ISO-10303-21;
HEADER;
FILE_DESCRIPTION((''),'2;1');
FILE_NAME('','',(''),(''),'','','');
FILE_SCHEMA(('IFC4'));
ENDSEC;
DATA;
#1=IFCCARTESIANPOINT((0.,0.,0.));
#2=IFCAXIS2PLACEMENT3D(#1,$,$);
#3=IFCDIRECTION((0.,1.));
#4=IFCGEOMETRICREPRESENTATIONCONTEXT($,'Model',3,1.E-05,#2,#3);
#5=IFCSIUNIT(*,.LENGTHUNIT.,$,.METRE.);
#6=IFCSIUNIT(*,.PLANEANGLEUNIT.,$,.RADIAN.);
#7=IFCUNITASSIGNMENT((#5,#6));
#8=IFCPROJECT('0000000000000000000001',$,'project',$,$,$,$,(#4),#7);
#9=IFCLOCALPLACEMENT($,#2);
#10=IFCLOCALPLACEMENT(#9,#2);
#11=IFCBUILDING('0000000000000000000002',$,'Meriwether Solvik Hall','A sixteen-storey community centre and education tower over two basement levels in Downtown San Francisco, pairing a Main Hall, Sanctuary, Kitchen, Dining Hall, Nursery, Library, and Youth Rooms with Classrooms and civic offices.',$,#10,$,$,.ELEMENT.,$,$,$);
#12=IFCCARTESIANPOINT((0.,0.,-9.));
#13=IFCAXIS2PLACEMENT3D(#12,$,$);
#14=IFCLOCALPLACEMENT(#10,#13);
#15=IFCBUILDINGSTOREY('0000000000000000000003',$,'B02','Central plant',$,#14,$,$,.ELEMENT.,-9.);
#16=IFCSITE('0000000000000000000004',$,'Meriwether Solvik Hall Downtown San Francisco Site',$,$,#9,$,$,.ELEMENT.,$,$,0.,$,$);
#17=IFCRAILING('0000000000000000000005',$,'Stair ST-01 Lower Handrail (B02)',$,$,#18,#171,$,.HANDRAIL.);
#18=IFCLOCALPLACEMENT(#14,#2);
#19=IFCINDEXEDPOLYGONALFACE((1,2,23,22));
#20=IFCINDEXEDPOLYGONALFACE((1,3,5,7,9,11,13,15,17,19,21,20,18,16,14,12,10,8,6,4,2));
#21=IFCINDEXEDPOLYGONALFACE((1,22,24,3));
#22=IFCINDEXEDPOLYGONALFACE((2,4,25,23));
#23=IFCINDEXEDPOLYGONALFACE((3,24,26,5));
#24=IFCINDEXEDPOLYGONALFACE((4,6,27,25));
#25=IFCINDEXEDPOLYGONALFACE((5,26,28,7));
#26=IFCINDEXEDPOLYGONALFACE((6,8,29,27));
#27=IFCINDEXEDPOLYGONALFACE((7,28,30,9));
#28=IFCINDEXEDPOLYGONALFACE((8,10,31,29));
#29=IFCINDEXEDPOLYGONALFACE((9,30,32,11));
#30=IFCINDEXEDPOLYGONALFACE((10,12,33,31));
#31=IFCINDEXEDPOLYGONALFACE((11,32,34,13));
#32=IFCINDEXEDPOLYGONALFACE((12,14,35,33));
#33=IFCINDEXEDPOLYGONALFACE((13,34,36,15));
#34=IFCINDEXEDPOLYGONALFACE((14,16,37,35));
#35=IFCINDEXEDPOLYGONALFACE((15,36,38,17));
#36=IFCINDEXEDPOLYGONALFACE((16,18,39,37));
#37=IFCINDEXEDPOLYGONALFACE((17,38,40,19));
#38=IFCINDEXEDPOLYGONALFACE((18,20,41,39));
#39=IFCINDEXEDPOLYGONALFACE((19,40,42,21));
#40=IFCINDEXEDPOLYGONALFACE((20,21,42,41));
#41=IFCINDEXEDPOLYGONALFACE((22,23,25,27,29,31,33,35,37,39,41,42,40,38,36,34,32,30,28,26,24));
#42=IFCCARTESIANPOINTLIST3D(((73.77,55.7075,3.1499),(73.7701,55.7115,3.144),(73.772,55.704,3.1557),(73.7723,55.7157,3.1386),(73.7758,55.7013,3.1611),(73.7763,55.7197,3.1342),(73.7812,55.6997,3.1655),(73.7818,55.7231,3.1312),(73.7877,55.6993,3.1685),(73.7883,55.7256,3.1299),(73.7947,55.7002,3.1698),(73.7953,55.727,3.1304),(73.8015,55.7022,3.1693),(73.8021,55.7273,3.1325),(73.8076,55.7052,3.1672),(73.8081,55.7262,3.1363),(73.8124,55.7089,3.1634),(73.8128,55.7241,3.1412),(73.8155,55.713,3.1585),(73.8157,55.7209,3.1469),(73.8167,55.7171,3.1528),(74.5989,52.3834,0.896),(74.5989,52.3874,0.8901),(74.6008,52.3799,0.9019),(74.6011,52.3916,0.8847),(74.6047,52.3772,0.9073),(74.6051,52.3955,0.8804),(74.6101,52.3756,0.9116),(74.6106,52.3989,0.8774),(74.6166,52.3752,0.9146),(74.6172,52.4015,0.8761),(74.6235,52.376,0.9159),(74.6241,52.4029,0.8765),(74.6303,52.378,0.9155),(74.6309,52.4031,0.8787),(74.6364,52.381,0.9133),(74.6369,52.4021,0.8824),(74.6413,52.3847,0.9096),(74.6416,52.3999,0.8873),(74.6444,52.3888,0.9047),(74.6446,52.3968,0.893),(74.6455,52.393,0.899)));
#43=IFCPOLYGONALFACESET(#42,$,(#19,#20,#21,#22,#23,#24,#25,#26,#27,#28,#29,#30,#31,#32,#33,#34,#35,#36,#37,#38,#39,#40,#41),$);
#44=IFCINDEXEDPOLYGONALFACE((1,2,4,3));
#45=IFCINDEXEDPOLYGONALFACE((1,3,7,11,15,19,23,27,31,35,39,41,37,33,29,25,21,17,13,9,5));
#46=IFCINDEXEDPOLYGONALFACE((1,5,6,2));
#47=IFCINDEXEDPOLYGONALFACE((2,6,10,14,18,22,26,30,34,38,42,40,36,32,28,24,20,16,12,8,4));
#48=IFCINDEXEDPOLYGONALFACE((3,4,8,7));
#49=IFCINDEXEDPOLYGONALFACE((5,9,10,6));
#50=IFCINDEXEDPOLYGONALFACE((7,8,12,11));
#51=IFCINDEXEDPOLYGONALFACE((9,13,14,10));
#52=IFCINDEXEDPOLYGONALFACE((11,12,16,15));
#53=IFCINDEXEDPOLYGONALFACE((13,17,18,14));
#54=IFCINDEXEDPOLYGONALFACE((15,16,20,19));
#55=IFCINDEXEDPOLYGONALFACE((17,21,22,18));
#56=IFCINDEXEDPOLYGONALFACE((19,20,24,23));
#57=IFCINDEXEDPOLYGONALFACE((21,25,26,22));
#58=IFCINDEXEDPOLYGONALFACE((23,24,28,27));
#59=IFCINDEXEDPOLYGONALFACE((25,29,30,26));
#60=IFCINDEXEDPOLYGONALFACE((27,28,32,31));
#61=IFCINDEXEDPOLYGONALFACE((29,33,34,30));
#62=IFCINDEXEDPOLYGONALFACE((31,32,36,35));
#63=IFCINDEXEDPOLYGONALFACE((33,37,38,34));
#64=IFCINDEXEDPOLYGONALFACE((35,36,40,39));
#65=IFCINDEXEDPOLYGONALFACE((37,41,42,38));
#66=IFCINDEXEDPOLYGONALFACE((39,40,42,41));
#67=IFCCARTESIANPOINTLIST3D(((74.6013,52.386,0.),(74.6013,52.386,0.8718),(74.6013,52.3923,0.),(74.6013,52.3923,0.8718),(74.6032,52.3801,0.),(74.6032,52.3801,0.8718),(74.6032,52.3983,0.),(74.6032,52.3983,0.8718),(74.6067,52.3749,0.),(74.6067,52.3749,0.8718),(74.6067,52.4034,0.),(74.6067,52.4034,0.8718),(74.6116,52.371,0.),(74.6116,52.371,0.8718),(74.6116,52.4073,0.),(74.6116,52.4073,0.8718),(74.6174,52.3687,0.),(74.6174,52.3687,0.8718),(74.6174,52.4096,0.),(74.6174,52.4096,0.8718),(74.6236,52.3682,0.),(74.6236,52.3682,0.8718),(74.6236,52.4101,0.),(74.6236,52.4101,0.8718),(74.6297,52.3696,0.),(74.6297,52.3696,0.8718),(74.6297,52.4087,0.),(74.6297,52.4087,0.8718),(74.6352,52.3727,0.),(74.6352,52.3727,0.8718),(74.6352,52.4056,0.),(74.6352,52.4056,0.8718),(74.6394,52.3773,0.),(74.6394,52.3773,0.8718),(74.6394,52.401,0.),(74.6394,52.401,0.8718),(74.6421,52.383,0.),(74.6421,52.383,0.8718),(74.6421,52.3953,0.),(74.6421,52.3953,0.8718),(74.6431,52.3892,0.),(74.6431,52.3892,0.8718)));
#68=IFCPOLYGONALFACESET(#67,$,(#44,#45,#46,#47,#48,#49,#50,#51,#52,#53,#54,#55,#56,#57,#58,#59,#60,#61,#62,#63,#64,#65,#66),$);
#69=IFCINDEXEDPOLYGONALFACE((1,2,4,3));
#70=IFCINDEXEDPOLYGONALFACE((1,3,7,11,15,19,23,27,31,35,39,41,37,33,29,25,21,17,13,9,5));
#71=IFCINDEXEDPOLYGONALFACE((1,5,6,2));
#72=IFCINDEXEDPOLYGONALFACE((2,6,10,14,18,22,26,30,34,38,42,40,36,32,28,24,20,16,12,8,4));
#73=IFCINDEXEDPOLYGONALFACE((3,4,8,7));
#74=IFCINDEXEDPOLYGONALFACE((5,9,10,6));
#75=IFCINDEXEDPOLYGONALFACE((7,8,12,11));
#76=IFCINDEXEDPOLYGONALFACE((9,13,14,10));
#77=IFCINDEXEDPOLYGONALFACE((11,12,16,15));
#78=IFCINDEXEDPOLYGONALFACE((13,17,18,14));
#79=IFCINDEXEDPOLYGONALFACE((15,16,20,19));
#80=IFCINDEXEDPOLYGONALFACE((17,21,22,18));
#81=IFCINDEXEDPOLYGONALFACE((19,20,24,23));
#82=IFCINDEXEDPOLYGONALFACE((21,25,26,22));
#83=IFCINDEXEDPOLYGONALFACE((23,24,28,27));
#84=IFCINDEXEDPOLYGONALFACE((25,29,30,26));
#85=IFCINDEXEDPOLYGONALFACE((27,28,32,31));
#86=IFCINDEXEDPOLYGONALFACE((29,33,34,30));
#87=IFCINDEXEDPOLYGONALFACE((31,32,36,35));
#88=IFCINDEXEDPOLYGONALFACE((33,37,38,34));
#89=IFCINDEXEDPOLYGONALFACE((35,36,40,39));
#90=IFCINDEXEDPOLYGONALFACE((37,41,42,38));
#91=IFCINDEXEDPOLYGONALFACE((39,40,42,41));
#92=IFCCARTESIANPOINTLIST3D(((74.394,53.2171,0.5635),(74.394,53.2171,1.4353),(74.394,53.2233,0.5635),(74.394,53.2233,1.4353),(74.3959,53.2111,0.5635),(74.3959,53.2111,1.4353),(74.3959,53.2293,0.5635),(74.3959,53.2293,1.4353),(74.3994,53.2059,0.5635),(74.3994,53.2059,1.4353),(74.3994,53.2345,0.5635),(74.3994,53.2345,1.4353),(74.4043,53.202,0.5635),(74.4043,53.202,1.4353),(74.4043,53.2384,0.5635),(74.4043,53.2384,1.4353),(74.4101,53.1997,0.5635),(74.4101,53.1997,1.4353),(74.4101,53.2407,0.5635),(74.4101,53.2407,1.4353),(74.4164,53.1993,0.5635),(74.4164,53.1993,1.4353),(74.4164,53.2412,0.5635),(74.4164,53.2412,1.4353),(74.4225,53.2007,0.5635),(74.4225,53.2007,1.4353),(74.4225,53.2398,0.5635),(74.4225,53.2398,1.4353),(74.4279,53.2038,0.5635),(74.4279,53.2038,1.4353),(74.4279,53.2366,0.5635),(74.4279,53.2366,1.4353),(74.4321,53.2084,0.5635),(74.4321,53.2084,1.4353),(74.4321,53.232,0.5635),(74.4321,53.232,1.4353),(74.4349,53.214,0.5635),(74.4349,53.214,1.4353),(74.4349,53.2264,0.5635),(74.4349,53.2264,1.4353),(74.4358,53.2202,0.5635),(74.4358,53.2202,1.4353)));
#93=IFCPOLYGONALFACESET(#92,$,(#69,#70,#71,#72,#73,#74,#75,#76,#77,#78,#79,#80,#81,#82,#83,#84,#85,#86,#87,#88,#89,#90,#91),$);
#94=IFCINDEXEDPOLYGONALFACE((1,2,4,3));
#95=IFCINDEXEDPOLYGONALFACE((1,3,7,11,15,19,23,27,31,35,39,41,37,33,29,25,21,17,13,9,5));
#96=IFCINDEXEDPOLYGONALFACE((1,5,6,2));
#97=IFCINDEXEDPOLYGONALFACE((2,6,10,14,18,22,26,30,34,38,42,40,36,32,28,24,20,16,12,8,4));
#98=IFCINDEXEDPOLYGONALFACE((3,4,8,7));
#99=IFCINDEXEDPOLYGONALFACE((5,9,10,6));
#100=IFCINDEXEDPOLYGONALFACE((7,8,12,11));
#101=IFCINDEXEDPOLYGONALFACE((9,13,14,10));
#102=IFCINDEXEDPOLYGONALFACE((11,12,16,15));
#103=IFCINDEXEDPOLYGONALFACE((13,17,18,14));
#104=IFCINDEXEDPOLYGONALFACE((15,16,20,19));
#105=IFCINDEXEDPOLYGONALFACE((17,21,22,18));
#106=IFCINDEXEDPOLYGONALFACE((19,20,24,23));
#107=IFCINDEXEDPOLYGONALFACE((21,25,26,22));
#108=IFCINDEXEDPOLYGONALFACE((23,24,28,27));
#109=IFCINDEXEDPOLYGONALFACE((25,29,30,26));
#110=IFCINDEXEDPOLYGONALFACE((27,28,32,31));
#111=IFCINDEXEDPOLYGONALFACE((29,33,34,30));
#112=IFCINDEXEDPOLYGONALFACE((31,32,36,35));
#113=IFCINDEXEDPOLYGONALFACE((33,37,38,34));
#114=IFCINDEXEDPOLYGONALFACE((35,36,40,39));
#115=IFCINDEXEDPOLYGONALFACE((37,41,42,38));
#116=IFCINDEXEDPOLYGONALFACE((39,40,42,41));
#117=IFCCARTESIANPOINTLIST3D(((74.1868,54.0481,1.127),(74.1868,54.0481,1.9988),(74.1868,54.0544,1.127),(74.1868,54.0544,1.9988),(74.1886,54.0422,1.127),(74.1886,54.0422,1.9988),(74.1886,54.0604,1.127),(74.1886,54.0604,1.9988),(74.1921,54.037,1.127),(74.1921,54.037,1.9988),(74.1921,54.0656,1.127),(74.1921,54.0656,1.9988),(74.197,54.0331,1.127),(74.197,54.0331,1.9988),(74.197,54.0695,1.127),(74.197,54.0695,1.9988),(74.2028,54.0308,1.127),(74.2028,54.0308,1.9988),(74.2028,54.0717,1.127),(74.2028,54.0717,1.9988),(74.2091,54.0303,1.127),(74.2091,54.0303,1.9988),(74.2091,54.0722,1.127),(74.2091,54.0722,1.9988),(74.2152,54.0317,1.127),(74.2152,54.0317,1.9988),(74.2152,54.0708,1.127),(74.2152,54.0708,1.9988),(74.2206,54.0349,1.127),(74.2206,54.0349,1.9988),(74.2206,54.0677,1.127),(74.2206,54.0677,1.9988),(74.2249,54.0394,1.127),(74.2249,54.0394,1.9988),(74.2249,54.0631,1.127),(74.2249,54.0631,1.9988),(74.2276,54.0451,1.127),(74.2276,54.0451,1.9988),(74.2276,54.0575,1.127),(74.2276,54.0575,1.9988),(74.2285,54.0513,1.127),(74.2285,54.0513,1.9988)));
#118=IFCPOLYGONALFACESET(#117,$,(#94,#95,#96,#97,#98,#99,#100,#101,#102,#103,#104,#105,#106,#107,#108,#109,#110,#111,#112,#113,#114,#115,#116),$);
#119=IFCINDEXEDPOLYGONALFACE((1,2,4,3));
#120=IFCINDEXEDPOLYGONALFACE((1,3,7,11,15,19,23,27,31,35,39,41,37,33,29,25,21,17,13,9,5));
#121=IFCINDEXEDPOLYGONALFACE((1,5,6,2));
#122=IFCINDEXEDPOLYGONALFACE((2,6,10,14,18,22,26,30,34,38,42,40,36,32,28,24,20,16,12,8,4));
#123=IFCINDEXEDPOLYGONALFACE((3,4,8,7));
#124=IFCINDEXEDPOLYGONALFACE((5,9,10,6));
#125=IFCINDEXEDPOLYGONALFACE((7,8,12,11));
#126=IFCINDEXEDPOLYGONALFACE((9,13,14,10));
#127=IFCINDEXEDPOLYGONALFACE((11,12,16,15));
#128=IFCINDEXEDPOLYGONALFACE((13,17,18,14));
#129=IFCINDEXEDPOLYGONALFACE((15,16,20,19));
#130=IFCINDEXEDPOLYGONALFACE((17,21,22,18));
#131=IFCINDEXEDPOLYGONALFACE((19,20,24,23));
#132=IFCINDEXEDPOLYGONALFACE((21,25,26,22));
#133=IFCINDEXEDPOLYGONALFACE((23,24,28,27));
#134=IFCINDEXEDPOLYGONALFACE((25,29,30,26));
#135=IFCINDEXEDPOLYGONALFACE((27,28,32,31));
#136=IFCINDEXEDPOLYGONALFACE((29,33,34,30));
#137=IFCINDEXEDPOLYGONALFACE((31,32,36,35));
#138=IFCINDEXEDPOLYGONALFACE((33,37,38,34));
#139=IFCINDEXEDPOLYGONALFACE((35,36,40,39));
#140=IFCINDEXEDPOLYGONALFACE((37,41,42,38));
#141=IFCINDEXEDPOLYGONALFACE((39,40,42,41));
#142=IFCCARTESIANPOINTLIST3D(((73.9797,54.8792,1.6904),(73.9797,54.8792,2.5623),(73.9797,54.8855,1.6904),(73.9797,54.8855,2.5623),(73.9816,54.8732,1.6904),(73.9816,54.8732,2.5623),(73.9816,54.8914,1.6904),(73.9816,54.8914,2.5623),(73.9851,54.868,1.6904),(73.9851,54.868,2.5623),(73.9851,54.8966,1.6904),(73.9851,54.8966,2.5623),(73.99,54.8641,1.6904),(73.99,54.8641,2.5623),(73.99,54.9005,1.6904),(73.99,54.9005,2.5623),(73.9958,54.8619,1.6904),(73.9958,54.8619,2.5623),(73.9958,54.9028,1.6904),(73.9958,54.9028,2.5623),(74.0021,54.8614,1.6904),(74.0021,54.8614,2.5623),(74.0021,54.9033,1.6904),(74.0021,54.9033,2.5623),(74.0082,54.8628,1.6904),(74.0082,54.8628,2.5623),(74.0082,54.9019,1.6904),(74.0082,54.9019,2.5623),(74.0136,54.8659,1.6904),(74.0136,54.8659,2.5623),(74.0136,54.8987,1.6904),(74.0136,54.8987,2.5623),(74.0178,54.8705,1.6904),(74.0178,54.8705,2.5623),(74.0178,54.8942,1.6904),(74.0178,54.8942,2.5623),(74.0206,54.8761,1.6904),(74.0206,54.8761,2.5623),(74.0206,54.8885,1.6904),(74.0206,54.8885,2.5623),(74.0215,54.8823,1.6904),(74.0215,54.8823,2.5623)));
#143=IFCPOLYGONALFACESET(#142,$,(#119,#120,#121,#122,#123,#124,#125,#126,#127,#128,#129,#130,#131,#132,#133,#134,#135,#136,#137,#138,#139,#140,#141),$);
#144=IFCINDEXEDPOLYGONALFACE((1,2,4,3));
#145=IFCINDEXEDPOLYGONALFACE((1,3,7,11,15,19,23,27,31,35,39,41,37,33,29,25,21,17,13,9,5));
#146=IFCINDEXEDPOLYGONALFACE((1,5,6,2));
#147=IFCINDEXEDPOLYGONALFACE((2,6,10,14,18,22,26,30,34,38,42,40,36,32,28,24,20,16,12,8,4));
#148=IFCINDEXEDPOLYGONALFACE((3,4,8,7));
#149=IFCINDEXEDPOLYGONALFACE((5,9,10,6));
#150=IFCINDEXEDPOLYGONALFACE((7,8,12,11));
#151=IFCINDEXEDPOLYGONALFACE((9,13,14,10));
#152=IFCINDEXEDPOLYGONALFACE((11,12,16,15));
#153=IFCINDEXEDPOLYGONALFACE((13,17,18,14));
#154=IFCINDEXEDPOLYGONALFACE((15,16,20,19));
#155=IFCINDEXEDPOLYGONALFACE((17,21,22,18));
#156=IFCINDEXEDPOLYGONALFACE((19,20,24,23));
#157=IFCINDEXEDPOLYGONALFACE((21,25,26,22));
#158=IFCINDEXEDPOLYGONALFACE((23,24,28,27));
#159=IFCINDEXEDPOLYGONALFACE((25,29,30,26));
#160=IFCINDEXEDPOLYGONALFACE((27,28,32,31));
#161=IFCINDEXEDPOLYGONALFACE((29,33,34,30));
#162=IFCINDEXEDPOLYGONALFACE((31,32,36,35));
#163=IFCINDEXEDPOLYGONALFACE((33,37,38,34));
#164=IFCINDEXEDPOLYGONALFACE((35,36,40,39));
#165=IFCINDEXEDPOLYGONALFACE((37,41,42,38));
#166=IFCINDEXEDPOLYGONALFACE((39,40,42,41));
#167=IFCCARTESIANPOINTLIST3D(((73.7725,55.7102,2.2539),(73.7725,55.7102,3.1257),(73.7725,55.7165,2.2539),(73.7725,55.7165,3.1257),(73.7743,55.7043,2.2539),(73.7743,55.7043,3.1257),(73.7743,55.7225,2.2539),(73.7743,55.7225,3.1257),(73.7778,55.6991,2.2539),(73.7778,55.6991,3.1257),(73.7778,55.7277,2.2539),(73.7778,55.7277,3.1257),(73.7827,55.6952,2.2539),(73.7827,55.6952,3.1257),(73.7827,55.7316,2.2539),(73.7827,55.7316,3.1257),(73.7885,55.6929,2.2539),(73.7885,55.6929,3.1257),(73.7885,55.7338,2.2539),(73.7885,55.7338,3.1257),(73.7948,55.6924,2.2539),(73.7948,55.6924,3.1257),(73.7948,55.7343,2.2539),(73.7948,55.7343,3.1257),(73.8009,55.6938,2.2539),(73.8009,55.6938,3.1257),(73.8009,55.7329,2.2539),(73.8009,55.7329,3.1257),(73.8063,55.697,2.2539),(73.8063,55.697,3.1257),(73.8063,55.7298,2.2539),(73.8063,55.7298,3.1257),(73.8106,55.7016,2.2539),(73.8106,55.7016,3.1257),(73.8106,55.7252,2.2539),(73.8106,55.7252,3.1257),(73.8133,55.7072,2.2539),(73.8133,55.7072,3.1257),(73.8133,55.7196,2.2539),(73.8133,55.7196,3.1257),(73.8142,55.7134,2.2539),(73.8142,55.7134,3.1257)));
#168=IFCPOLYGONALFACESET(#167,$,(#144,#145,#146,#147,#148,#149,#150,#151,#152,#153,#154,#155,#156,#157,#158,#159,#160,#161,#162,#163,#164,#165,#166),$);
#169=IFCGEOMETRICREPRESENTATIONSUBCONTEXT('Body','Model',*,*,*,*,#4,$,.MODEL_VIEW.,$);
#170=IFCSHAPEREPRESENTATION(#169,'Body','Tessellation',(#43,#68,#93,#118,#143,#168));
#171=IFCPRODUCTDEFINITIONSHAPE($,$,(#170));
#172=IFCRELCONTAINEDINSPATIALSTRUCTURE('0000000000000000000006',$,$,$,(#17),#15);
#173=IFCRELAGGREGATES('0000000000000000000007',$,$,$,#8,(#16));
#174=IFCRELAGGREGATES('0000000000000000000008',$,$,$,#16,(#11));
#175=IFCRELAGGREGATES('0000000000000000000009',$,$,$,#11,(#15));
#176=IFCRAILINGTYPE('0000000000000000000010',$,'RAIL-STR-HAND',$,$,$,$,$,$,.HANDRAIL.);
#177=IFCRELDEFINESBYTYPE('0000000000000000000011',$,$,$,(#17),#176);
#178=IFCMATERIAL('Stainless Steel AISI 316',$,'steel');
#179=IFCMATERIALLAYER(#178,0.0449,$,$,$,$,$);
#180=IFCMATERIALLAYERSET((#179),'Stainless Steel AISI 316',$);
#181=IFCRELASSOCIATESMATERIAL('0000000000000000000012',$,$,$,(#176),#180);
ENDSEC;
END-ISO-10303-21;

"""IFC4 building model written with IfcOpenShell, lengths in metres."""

from ifc_helpers import new_model, si_unit, direction, frame, origin, origin_2d, place, context, subcontext, project, spatial, circle, extrude, material, layer, layer_set, type_object, element, save


model = new_model("IFC4")

# Units and contexts
model_context = context("Model", 3, precision=1e-05, world=origin(), true_north=direction((0.0, 1.0)))
body_context = subcontext(model_context, "Body", "Model", "MODEL_VIEW")
ifc_project = project(units=[si_unit("LENGTHUNIT", "METRE"), si_unit("PLANEANGLEUNIT", "RADIAN")], contexts=[model_context])

# Site, building, storey
site_placement = place(None, origin())
site = spatial("IfcSite", under=ifc_project, at=site_placement, Name="Meriwether Solvik Hall Downtown San Francisco Site", CompositionType="ELEMENT", RefElevation=0.0)
building_placement = place(site_placement, origin())
building = spatial("IfcBuilding", under=site, at=building_placement, Name="Meriwether Solvik Hall", Description="A sixteen-storey community centre and education tower over two basement levels in Downtown San Francisco, pairing a Main Hall, Sanctuary, Kitchen, Dining Hall, Nursery, Library, and Youth Rooms with Classrooms and civic offices.", CompositionType="ELEMENT")
storey_placement = place(building_placement, frame((0.0, 0.0, -9.0)))
storey = spatial("IfcBuildingStorey", under=building, at=storey_placement, Name="B02", Description="Central plant", CompositionType="ELEMENT", Elevation=-9.0)

# Railing
ifc_material_1 = material(Name="Stainless Steel AISI 316", Category="steel")
ifc_layer_1 = layer(ifc_material_1, 0.0449)
ifc_layer_set_1 = layer_set([ifc_layer_1], Name="Stainless Steel AISI 316")
railing_type_1 = type_object("IfcRailingType", Name="RAIL-STR-HAND", PredefinedType="HANDRAIL", material=ifc_layer_set_1)
railing_1_placement = place(storey_placement, frame((74.6221, 52.3892, 0.0)))
element("IfcRailing", 1, at=railing_1_placement, inside=storey, type_object=railing_type_1, Name="Stair ST-01 Lower Handrail (B02)", PredefinedType="HANDRAIL", context=body_context, shape_type="SweptSolid", body=[
    extrude(circle(Radius=0.0239, at=origin_2d()), frame((0.0, 0.0, 0.896), z_axis=(-0.202115, 0.810604, 0.54961), x_axis=(-0.970293, -0.241932, 0.0)), (0.0, 0.0, 1.0), 4.1008),
    extrude(circle(Radius=0.021, at=origin_2d()), origin(), (0.0, 0.0, 1.0), 0.8718),
    extrude(circle(Radius=0.021, at=origin_2d()), frame((-0.2073, 0.8311, 0.5635)), (0.0, 0.0, 1.0), 0.8718),
    extrude(circle(Radius=0.021, at=origin_2d()), frame((-0.4146, 1.6621, 1.127)), (0.0, 0.0, 1.0), 0.8718),
    extrude(circle(Radius=0.021, at=origin_2d()), frame((-0.6216, 2.4932, 1.6904)), (0.0, 0.0, 1.0), 0.8718),
    extrude(circle(Radius=0.021, at=origin_2d()), frame((-0.8289, 3.3242, 2.2539)), (0.0, 0.0, 1.0), 0.8718),
])

save(model, "model.ifc")
